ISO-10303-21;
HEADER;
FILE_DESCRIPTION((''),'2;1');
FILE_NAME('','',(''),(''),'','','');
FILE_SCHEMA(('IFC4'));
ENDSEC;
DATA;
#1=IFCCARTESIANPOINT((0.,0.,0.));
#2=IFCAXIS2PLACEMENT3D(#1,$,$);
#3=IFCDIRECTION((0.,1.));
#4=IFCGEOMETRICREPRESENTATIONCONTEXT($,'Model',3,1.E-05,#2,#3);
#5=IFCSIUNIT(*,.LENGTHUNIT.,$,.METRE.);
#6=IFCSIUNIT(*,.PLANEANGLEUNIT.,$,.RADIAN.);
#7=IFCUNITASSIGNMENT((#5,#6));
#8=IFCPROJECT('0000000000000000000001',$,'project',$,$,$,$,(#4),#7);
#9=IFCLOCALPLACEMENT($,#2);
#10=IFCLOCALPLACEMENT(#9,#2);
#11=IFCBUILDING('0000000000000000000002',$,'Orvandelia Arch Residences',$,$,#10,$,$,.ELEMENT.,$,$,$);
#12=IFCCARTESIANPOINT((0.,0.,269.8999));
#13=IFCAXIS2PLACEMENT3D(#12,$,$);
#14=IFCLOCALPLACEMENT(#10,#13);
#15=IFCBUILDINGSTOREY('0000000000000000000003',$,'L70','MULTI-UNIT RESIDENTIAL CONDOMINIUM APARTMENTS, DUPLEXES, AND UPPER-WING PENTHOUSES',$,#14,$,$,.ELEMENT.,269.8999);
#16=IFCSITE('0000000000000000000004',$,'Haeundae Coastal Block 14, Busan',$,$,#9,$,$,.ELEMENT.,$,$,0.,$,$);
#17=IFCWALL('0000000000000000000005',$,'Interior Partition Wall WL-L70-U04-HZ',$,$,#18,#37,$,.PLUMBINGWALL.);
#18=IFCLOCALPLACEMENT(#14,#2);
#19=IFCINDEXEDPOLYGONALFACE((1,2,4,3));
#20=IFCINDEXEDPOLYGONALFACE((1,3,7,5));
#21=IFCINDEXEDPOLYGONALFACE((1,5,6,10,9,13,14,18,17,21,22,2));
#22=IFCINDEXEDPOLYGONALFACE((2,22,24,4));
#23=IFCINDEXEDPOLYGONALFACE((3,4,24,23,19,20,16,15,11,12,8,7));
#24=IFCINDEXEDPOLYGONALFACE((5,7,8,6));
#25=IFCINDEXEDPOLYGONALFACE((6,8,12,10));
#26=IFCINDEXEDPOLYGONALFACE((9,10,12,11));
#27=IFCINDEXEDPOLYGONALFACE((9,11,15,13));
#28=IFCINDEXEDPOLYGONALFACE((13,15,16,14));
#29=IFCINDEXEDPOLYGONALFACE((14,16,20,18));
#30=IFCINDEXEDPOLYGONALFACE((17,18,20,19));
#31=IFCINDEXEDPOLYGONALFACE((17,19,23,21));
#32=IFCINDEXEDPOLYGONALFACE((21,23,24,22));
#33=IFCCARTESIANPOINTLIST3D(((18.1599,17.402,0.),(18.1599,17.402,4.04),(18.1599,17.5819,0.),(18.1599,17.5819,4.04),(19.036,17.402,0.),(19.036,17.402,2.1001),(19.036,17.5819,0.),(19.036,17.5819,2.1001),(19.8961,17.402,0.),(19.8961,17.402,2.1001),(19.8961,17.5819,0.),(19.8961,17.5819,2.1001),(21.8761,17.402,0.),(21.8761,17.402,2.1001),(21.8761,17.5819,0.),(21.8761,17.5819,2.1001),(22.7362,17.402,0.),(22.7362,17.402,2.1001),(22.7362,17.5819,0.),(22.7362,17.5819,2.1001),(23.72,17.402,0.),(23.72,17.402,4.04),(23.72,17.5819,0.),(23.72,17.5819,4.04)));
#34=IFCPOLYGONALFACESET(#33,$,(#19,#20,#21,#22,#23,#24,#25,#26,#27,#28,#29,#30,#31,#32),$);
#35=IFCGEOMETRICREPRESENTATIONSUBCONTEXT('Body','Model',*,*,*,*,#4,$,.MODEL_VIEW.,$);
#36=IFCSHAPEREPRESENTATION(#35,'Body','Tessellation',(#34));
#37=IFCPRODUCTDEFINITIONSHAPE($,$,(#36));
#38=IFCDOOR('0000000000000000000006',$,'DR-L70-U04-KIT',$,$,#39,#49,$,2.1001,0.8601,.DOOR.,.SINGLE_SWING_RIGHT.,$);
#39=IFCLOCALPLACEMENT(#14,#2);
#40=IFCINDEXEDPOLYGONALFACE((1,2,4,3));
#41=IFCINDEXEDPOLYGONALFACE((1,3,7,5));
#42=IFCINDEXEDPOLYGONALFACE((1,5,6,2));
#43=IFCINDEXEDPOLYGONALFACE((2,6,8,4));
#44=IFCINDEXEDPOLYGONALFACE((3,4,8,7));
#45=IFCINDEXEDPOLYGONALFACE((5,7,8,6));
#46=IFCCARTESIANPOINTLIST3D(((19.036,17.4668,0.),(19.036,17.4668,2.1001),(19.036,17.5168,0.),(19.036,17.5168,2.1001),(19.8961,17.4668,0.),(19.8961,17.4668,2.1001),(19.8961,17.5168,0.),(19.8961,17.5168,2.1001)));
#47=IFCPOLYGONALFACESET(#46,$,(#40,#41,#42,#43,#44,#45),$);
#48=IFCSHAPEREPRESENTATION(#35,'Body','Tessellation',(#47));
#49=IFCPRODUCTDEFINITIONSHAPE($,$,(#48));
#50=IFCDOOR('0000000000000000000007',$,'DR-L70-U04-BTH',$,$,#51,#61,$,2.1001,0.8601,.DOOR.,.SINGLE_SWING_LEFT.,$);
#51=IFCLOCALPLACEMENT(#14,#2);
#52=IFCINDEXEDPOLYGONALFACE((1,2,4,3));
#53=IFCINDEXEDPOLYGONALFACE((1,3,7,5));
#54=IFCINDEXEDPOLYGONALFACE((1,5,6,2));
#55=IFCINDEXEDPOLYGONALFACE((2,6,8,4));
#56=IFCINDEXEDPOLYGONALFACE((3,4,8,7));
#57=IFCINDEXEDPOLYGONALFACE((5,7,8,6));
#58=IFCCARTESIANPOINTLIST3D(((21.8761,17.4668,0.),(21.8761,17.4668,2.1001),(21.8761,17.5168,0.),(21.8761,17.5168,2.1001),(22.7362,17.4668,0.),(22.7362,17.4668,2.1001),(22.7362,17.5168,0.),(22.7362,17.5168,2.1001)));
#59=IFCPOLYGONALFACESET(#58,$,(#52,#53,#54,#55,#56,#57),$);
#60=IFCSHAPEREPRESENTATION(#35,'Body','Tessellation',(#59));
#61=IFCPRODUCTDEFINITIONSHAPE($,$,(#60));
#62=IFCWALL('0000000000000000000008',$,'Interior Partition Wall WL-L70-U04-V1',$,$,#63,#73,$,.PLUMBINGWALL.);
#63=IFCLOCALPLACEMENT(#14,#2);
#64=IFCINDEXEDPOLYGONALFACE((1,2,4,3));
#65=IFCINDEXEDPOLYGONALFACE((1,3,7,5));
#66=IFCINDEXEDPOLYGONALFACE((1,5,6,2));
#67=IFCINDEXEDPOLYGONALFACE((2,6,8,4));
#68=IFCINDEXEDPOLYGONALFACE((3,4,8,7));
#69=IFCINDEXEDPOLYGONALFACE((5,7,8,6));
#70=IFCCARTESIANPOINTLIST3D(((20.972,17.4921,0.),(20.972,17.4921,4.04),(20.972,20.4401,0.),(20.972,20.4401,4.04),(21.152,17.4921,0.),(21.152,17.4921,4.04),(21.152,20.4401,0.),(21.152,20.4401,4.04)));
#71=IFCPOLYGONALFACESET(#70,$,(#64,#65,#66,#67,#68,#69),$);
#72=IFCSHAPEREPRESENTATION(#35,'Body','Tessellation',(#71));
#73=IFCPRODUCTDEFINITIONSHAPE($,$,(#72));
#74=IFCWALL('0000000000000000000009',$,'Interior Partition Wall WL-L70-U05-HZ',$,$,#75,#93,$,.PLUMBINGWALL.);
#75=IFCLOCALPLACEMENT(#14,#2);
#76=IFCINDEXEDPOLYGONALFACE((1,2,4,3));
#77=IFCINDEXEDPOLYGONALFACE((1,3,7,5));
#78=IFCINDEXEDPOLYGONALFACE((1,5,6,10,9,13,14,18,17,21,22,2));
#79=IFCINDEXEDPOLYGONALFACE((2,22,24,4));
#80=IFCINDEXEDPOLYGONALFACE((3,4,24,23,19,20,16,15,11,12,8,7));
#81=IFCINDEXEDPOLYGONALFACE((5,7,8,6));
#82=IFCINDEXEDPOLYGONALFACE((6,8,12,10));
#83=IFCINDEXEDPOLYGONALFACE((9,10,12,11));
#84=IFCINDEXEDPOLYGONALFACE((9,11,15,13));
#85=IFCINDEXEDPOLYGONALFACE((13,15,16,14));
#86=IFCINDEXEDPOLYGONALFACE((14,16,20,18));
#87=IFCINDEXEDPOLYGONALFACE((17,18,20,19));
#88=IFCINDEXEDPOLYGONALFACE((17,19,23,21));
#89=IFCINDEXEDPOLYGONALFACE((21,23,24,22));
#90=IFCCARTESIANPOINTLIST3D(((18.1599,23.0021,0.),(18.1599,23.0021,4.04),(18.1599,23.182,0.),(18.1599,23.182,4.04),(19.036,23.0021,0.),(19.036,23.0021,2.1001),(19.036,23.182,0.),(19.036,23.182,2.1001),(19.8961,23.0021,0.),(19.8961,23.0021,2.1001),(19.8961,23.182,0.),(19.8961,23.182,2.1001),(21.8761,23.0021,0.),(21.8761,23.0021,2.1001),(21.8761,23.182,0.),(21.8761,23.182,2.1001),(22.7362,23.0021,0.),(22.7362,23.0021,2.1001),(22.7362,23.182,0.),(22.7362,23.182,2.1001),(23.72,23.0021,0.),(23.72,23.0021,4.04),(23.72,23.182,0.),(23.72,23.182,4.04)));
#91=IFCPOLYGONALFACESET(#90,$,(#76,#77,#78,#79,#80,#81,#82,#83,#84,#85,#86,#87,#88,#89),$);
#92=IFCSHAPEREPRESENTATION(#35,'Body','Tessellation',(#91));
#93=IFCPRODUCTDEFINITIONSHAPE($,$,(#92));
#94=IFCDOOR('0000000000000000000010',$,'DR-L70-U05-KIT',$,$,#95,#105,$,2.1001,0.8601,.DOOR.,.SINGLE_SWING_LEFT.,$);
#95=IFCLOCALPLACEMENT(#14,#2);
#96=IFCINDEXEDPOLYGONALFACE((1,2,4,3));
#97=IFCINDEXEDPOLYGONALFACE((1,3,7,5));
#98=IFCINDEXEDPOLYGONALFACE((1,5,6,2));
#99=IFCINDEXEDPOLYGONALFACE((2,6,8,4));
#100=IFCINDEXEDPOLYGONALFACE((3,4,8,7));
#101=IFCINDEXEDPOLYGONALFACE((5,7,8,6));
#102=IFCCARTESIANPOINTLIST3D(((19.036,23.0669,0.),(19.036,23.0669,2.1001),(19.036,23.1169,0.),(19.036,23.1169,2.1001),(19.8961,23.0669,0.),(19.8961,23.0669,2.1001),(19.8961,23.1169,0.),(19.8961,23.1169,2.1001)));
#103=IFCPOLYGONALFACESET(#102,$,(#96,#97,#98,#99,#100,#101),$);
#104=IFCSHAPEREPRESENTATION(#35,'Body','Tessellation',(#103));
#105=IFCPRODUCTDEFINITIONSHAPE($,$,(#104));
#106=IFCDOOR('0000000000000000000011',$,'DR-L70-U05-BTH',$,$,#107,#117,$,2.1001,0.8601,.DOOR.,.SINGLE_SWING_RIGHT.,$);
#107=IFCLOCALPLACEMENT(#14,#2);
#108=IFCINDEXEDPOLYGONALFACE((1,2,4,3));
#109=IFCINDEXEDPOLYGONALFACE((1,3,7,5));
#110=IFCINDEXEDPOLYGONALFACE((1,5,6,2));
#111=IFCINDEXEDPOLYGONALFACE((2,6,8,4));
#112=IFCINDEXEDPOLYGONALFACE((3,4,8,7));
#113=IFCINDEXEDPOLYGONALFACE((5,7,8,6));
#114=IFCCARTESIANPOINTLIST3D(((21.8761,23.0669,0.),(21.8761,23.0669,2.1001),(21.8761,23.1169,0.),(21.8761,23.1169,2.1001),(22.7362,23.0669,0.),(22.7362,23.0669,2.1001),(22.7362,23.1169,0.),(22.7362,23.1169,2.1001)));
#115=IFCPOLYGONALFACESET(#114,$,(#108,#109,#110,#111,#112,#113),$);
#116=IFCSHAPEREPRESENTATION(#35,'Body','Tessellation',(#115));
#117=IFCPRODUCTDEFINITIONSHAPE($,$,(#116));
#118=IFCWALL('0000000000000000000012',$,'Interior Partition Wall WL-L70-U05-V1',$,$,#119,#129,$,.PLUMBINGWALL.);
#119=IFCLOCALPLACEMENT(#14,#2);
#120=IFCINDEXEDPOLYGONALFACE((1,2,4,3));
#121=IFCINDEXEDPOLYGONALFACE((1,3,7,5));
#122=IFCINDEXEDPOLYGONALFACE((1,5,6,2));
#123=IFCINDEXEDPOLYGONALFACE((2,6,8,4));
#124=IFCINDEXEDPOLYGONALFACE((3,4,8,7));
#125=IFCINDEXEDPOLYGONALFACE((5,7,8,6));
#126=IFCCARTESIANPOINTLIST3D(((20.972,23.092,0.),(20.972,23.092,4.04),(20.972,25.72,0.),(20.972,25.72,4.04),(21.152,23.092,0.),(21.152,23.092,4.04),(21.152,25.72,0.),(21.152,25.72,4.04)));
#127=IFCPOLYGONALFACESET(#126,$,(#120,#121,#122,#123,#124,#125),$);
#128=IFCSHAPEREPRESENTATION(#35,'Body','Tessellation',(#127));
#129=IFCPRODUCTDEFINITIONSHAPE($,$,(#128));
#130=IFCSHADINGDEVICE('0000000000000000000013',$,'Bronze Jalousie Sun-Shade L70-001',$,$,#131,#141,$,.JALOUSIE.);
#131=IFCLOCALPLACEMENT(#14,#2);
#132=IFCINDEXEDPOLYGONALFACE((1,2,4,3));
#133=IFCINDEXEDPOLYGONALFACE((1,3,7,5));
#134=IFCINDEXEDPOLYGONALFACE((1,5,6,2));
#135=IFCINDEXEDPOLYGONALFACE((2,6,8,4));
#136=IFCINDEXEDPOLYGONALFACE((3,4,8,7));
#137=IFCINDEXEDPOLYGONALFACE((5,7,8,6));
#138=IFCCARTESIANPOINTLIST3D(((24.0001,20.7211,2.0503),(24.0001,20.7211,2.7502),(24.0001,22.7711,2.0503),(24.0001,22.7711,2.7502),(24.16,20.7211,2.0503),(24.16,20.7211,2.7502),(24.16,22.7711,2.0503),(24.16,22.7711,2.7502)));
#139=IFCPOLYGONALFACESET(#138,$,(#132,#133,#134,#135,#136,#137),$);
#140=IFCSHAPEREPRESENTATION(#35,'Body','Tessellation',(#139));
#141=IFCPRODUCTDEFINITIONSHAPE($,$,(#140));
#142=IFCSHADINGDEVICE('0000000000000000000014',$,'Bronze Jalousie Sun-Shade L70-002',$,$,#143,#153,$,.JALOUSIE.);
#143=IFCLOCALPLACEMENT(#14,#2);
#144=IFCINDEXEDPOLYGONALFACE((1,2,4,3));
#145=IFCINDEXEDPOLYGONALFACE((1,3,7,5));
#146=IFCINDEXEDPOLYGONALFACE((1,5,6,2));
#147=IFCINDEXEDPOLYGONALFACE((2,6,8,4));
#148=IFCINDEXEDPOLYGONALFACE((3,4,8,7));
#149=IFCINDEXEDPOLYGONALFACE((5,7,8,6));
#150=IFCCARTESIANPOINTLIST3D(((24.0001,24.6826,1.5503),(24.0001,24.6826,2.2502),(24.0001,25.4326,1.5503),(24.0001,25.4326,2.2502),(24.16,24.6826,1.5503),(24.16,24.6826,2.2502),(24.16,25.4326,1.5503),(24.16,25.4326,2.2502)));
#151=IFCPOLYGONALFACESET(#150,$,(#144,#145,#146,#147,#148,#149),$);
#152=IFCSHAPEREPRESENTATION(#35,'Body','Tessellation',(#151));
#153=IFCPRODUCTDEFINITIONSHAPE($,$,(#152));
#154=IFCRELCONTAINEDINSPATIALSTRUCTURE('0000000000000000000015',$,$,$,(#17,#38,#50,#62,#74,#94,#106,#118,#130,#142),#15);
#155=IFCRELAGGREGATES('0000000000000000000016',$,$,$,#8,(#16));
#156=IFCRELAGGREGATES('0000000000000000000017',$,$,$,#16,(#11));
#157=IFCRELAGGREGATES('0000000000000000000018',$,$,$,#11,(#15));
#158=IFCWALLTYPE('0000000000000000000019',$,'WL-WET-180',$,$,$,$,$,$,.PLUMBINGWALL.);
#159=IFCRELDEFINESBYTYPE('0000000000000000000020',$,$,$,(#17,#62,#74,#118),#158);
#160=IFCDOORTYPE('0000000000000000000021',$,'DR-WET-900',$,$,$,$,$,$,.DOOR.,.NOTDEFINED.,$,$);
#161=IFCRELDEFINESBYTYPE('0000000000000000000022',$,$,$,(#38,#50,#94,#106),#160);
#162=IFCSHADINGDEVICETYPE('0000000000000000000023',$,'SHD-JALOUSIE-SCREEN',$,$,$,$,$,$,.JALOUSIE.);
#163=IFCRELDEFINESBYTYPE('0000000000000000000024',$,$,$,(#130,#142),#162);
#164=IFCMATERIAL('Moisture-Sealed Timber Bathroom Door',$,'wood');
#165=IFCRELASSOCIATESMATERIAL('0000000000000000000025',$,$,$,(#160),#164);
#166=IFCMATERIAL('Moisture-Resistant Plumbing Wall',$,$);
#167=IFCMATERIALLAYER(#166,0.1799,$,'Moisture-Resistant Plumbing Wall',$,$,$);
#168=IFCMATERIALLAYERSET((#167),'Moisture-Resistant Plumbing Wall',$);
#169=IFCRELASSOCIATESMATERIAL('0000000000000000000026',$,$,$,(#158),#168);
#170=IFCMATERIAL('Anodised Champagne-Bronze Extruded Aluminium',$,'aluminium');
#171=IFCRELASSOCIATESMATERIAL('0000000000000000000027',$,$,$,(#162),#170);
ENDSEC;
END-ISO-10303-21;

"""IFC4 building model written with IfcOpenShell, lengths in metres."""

from ifc_helpers import new_model, si_unit, direction, frame, frame_2d, origin, origin_2d, place, context, subcontext, project, spatial, rectangle, extrude, material, layer, layer_set, type_object, element, fill, save


model = new_model("IFC4")

# Units and contexts
model_context = context("Model", 3, precision=1e-05, world=origin(), true_north=direction((0.0, 1.0)))
body_context = subcontext(model_context, "Body", "Model", "MODEL_VIEW")
ifc_project = project(units=[si_unit("LENGTHUNIT", "METRE"), si_unit("PLANEANGLEUNIT", "RADIAN")], contexts=[model_context])

# Site, building, storey
site_placement = place(None, origin())
site = spatial("IfcSite", under=ifc_project, at=site_placement, Name="Haeundae Coastal Block 14, Busan", CompositionType="ELEMENT", RefElevation=0.0)
building_placement = place(site_placement, origin())
building = spatial("IfcBuilding", under=site, at=building_placement, Name="Orvandelia Arch Residences", CompositionType="ELEMENT")
storey_placement = place(building_placement, frame((0.0, 0.0, 269.8999)))
storey = spatial("IfcBuildingStorey", under=building, at=storey_placement, Name="L70", Description="MULTI-UNIT RESIDENTIAL CONDOMINIUM APARTMENTS, DUPLEXES, AND UPPER-WING PENTHOUSES", CompositionType="ELEMENT", Elevation=269.8999)

# Shared definitions
ifc_material_1 = material(Name="Moisture-Sealed Timber Bathroom Door", Category="wood")
door_type_1 = type_object("IfcDoorType", Name="DR-WET-900", OperationType="NOTDEFINED", PredefinedType="DOOR", material=ifc_material_1)

# Shared definitions
ifc_material_2 = material(Name="Moisture-Resistant Plumbing Wall")
ifc_layer_1 = layer(ifc_material_2, 0.1799, Name="Moisture-Resistant Plumbing Wall")
ifc_layer_set_1 = layer_set([ifc_layer_1], Name="Moisture-Resistant Plumbing Wall")
wall_type_1 = type_object("IfcWallType", Name="WL-WET-180", PredefinedType="PLUMBINGWALL", material=ifc_layer_set_1)

# Wall, openings, doors
wall_1_placement = place(storey_placement, frame((18.1599, 17.4919, 0.0), z_axis=(0.0, 0.0, 1.0), x_axis=(1.0, 0.0, 0.0)))
wall_1 = element("IfcWall", 1, at=wall_1_placement, inside=storey, type_object=wall_type_1, Name="Interior Partition Wall WL-L70-U04-HZ", PredefinedType="PLUMBINGWALL", context=body_context, shape_type="SweptSolid", body=[
    extrude(rectangle(XDim=5.5601, YDim=0.1799, at=frame_2d((2.78, 0.0))), origin(), (0.0, 0.0, 1.0), 4.04),
])
opening_1_placement = place(wall_1_placement, frame((0.876, 0.0, 0.0)))
opening_1 = element("IfcOpeningElement", 2, at=opening_1_placement, cuts=wall_1, PredefinedType="OPENING", context=body_context, shape_type="SweptSolid", body=[
    extrude(rectangle(XDim=0.8601, YDim=2.1001, at=frame_2d((0.4302, 1.05))), frame((0.0, 0.1001, 0.0), z_axis=(0.0, -1.0, 0.0), x_axis=(1.0, 0.0, 0.0)), (0.0, 0.0, 1.0), 0.2),
])
opening_2_placement = place(wall_1_placement, frame((3.7161, 0.0, 0.0)))
opening_2 = element("IfcOpeningElement", 3, at=opening_2_placement, cuts=wall_1, PredefinedType="OPENING", context=body_context, shape_type="SweptSolid", body=[
    extrude(rectangle(XDim=0.8601, YDim=2.1001, at=frame_2d((0.4302, 1.05))), frame((0.0, 0.1001, 0.0), z_axis=(0.0, -1.0, 0.0), x_axis=(1.0, 0.0, 0.0)), (0.0, 0.0, 1.0), 0.2),
])
door_1_placement = place(opening_1_placement, origin())
door_1 = element("IfcDoor", 4, at=door_1_placement, inside=storey, type_object=door_type_1, Name="DR-L70-U04-KIT", OperationType="SINGLE_SWING_RIGHT", OverallHeight=2.1001, OverallWidth=0.8601, PredefinedType="DOOR", context=body_context, shape_type="SweptSolid", body=[
    extrude(rectangle(XDim=0.8601, YDim=2.1001, at=frame_2d((0.4302, 1.05))), frame((0.0, 0.0249, 0.0), z_axis=(0.0, -1.0, 0.0), x_axis=(1.0, 0.0, 0.0)), (0.0, 0.0, 1.0), 0.05),
])
fill(opening_1, door_1)
door_2_placement = place(opening_2_placement, origin())
door_2 = element("IfcDoor", 5, at=door_2_placement, inside=storey, type_object=door_type_1, Name="DR-L70-U04-BTH", OperationType="SINGLE_SWING_LEFT", OverallHeight=2.1001, OverallWidth=0.8601, PredefinedType="DOOR", context=body_context, shape_type="SweptSolid", body=[
    extrude(rectangle(XDim=0.8601, YDim=2.1001, at=frame_2d((0.4302, 1.05))), frame((0.0, 0.0249, 0.0), z_axis=(0.0, -1.0, 0.0), x_axis=(1.0, 0.0, 0.0)), (0.0, 0.0, 1.0), 0.05),
])
fill(opening_2, door_2)

# Wall
wall_2_placement = place(storey_placement, frame((21.062, 17.4919, 0.0), z_axis=(0.0, 0.0, 1.0), x_axis=(0.0, 1.0, 0.0)))
element("IfcWall", 6, at=wall_2_placement, inside=storey, type_object=wall_type_1, Name="Interior Partition Wall WL-L70-U04-V1", PredefinedType="PLUMBINGWALL", context=body_context, shape_type="SweptSolid", body=[
    extrude(rectangle(XDim=2.948, YDim=0.1799, at=frame_2d((1.4741, 0.0))), origin(), (0.0, 0.0, 1.0), 4.04),
])

# Wall, openings, doors
wall_3_placement = place(storey_placement, frame((18.1599, 23.092, 0.0), z_axis=(0.0, 0.0, 1.0), x_axis=(1.0, 0.0, 0.0)))
wall_3 = element("IfcWall", 7, at=wall_3_placement, inside=storey, type_object=wall_type_1, Name="Interior Partition Wall WL-L70-U05-HZ", PredefinedType="PLUMBINGWALL", context=body_context, shape_type="SweptSolid", body=[
    extrude(rectangle(XDim=5.5601, YDim=0.1799, at=frame_2d((2.78, 0.0))), origin(), (0.0, 0.0, 1.0), 4.04),
])
opening_3_placement = place(wall_3_placement, frame((0.876, 0.0, 0.0)))
opening_3 = element("IfcOpeningElement", 8, at=opening_3_placement, cuts=wall_3, PredefinedType="OPENING", context=body_context, shape_type="SweptSolid", body=[
    extrude(rectangle(XDim=0.8601, YDim=2.1001, at=frame_2d((0.4302, 1.05))), frame((0.0, 0.1001, 0.0), z_axis=(0.0, -1.0, 0.0), x_axis=(1.0, 0.0, 0.0)), (0.0, 0.0, 1.0), 0.2),
])
opening_4_placement = place(wall_3_placement, frame((3.7161, 0.0, 0.0)))
opening_4 = element("IfcOpeningElement", 9, at=opening_4_placement, cuts=wall_3, PredefinedType="OPENING", context=body_context, shape_type="SweptSolid", body=[
    extrude(rectangle(XDim=0.8601, YDim=2.1001, at=frame_2d((0.4302, 1.05))), frame((0.0, 0.1001, 0.0), z_axis=(0.0, -1.0, 0.0), x_axis=(1.0, 0.0, 0.0)), (0.0, 0.0, 1.0), 0.2),
])
door_3_placement = place(opening_3_placement, origin())
door_3 = element("IfcDoor", 10, at=door_3_placement, inside=storey, type_object=door_type_1, Name="DR-L70-U05-KIT", OperationType="SINGLE_SWING_LEFT", OverallHeight=2.1001, OverallWidth=0.8601, PredefinedType="DOOR", context=body_context, shape_type="SweptSolid", body=[
    extrude(rectangle(XDim=0.8601, YDim=2.1001, at=frame_2d((0.4302, 1.05))), frame((0.0, 0.0249, 0.0), z_axis=(0.0, -1.0, 0.0), x_axis=(1.0, 0.0, 0.0)), (0.0, 0.0, 1.0), 0.05),
])
fill(opening_3, door_3)
door_4_placement = place(opening_4_placement, origin())
door_4 = element("IfcDoor", 11, at=door_4_placement, inside=storey, type_object=door_type_1, Name="DR-L70-U05-BTH", OperationType="SINGLE_SWING_RIGHT", OverallHeight=2.1001, OverallWidth=0.8601, PredefinedType="DOOR", context=body_context, shape_type="SweptSolid", body=[
    extrude(rectangle(XDim=0.8601, YDim=2.1001, at=frame_2d((0.4302, 1.05))), frame((0.0, 0.0249, 0.0), z_axis=(0.0, -1.0, 0.0), x_axis=(1.0, 0.0, 0.0)), (0.0, 0.0, 1.0), 0.05),
])
fill(opening_4, door_4)

# Wall
wall_4_placement = place(storey_placement, frame((21.062, 23.092, 0.0), z_axis=(0.0, 0.0, 1.0), x_axis=(0.0, 1.0, 0.0)))
element("IfcWall", 12, at=wall_4_placement, inside=storey, type_object=wall_type_1, Name="Interior Partition Wall WL-L70-U05-V1", PredefinedType="PLUMBINGWALL", context=body_context, shape_type="SweptSolid", body=[
    extrude(rectangle(XDim=2.6279, YDim=0.1799, at=frame_2d((1.314, 0.0))), origin(), (0.0, 0.0, 1.0), 4.04),
])

# Shading devices
ifc_material_3 = material(Name="Anodised Champagne-Bronze Extruded Aluminium", Category="aluminium")
shading_device_type = type_object("IfcShadingDeviceType", Name="SHD-JALOUSIE-SCREEN", PredefinedType="JALOUSIE", material=ifc_material_3)
shading_device_1_placement = place(storey_placement, frame((24.0801, 21.7461, 2.0503), z_axis=(0.0, 0.0, 1.0), x_axis=(0.0, -1.0, 0.0)))
element("IfcShadingDevice", 13, at=shading_device_1_placement, inside=storey, type_object=shading_device_type, Name="Bronze Jalousie Sun-Shade L70-001", PredefinedType="JALOUSIE", context=body_context, shape_type="SweptSolid", body=[
    extrude(rectangle(XDim=2.05, YDim=0.1599, at=origin_2d()), origin(), (0.0, 0.0, 1.0), 0.7),
])
shading_device_2_placement = place(storey_placement, frame((24.0801, 25.0576, 1.5503), z_axis=(0.0, 0.0, 1.0), x_axis=(0.0, -1.0, 0.0)))
element("IfcShadingDevice", 14, at=shading_device_2_placement, inside=storey, type_object=shading_device_type, Name="Bronze Jalousie Sun-Shade L70-002", PredefinedType="JALOUSIE", context=body_context, shape_type="SweptSolid", body=[
    extrude(rectangle(XDim=0.75, YDim=0.1599, at=origin_2d()), origin(), (0.0, 0.0, 1.0), 0.7),
])

save(model, "model.ifc")
